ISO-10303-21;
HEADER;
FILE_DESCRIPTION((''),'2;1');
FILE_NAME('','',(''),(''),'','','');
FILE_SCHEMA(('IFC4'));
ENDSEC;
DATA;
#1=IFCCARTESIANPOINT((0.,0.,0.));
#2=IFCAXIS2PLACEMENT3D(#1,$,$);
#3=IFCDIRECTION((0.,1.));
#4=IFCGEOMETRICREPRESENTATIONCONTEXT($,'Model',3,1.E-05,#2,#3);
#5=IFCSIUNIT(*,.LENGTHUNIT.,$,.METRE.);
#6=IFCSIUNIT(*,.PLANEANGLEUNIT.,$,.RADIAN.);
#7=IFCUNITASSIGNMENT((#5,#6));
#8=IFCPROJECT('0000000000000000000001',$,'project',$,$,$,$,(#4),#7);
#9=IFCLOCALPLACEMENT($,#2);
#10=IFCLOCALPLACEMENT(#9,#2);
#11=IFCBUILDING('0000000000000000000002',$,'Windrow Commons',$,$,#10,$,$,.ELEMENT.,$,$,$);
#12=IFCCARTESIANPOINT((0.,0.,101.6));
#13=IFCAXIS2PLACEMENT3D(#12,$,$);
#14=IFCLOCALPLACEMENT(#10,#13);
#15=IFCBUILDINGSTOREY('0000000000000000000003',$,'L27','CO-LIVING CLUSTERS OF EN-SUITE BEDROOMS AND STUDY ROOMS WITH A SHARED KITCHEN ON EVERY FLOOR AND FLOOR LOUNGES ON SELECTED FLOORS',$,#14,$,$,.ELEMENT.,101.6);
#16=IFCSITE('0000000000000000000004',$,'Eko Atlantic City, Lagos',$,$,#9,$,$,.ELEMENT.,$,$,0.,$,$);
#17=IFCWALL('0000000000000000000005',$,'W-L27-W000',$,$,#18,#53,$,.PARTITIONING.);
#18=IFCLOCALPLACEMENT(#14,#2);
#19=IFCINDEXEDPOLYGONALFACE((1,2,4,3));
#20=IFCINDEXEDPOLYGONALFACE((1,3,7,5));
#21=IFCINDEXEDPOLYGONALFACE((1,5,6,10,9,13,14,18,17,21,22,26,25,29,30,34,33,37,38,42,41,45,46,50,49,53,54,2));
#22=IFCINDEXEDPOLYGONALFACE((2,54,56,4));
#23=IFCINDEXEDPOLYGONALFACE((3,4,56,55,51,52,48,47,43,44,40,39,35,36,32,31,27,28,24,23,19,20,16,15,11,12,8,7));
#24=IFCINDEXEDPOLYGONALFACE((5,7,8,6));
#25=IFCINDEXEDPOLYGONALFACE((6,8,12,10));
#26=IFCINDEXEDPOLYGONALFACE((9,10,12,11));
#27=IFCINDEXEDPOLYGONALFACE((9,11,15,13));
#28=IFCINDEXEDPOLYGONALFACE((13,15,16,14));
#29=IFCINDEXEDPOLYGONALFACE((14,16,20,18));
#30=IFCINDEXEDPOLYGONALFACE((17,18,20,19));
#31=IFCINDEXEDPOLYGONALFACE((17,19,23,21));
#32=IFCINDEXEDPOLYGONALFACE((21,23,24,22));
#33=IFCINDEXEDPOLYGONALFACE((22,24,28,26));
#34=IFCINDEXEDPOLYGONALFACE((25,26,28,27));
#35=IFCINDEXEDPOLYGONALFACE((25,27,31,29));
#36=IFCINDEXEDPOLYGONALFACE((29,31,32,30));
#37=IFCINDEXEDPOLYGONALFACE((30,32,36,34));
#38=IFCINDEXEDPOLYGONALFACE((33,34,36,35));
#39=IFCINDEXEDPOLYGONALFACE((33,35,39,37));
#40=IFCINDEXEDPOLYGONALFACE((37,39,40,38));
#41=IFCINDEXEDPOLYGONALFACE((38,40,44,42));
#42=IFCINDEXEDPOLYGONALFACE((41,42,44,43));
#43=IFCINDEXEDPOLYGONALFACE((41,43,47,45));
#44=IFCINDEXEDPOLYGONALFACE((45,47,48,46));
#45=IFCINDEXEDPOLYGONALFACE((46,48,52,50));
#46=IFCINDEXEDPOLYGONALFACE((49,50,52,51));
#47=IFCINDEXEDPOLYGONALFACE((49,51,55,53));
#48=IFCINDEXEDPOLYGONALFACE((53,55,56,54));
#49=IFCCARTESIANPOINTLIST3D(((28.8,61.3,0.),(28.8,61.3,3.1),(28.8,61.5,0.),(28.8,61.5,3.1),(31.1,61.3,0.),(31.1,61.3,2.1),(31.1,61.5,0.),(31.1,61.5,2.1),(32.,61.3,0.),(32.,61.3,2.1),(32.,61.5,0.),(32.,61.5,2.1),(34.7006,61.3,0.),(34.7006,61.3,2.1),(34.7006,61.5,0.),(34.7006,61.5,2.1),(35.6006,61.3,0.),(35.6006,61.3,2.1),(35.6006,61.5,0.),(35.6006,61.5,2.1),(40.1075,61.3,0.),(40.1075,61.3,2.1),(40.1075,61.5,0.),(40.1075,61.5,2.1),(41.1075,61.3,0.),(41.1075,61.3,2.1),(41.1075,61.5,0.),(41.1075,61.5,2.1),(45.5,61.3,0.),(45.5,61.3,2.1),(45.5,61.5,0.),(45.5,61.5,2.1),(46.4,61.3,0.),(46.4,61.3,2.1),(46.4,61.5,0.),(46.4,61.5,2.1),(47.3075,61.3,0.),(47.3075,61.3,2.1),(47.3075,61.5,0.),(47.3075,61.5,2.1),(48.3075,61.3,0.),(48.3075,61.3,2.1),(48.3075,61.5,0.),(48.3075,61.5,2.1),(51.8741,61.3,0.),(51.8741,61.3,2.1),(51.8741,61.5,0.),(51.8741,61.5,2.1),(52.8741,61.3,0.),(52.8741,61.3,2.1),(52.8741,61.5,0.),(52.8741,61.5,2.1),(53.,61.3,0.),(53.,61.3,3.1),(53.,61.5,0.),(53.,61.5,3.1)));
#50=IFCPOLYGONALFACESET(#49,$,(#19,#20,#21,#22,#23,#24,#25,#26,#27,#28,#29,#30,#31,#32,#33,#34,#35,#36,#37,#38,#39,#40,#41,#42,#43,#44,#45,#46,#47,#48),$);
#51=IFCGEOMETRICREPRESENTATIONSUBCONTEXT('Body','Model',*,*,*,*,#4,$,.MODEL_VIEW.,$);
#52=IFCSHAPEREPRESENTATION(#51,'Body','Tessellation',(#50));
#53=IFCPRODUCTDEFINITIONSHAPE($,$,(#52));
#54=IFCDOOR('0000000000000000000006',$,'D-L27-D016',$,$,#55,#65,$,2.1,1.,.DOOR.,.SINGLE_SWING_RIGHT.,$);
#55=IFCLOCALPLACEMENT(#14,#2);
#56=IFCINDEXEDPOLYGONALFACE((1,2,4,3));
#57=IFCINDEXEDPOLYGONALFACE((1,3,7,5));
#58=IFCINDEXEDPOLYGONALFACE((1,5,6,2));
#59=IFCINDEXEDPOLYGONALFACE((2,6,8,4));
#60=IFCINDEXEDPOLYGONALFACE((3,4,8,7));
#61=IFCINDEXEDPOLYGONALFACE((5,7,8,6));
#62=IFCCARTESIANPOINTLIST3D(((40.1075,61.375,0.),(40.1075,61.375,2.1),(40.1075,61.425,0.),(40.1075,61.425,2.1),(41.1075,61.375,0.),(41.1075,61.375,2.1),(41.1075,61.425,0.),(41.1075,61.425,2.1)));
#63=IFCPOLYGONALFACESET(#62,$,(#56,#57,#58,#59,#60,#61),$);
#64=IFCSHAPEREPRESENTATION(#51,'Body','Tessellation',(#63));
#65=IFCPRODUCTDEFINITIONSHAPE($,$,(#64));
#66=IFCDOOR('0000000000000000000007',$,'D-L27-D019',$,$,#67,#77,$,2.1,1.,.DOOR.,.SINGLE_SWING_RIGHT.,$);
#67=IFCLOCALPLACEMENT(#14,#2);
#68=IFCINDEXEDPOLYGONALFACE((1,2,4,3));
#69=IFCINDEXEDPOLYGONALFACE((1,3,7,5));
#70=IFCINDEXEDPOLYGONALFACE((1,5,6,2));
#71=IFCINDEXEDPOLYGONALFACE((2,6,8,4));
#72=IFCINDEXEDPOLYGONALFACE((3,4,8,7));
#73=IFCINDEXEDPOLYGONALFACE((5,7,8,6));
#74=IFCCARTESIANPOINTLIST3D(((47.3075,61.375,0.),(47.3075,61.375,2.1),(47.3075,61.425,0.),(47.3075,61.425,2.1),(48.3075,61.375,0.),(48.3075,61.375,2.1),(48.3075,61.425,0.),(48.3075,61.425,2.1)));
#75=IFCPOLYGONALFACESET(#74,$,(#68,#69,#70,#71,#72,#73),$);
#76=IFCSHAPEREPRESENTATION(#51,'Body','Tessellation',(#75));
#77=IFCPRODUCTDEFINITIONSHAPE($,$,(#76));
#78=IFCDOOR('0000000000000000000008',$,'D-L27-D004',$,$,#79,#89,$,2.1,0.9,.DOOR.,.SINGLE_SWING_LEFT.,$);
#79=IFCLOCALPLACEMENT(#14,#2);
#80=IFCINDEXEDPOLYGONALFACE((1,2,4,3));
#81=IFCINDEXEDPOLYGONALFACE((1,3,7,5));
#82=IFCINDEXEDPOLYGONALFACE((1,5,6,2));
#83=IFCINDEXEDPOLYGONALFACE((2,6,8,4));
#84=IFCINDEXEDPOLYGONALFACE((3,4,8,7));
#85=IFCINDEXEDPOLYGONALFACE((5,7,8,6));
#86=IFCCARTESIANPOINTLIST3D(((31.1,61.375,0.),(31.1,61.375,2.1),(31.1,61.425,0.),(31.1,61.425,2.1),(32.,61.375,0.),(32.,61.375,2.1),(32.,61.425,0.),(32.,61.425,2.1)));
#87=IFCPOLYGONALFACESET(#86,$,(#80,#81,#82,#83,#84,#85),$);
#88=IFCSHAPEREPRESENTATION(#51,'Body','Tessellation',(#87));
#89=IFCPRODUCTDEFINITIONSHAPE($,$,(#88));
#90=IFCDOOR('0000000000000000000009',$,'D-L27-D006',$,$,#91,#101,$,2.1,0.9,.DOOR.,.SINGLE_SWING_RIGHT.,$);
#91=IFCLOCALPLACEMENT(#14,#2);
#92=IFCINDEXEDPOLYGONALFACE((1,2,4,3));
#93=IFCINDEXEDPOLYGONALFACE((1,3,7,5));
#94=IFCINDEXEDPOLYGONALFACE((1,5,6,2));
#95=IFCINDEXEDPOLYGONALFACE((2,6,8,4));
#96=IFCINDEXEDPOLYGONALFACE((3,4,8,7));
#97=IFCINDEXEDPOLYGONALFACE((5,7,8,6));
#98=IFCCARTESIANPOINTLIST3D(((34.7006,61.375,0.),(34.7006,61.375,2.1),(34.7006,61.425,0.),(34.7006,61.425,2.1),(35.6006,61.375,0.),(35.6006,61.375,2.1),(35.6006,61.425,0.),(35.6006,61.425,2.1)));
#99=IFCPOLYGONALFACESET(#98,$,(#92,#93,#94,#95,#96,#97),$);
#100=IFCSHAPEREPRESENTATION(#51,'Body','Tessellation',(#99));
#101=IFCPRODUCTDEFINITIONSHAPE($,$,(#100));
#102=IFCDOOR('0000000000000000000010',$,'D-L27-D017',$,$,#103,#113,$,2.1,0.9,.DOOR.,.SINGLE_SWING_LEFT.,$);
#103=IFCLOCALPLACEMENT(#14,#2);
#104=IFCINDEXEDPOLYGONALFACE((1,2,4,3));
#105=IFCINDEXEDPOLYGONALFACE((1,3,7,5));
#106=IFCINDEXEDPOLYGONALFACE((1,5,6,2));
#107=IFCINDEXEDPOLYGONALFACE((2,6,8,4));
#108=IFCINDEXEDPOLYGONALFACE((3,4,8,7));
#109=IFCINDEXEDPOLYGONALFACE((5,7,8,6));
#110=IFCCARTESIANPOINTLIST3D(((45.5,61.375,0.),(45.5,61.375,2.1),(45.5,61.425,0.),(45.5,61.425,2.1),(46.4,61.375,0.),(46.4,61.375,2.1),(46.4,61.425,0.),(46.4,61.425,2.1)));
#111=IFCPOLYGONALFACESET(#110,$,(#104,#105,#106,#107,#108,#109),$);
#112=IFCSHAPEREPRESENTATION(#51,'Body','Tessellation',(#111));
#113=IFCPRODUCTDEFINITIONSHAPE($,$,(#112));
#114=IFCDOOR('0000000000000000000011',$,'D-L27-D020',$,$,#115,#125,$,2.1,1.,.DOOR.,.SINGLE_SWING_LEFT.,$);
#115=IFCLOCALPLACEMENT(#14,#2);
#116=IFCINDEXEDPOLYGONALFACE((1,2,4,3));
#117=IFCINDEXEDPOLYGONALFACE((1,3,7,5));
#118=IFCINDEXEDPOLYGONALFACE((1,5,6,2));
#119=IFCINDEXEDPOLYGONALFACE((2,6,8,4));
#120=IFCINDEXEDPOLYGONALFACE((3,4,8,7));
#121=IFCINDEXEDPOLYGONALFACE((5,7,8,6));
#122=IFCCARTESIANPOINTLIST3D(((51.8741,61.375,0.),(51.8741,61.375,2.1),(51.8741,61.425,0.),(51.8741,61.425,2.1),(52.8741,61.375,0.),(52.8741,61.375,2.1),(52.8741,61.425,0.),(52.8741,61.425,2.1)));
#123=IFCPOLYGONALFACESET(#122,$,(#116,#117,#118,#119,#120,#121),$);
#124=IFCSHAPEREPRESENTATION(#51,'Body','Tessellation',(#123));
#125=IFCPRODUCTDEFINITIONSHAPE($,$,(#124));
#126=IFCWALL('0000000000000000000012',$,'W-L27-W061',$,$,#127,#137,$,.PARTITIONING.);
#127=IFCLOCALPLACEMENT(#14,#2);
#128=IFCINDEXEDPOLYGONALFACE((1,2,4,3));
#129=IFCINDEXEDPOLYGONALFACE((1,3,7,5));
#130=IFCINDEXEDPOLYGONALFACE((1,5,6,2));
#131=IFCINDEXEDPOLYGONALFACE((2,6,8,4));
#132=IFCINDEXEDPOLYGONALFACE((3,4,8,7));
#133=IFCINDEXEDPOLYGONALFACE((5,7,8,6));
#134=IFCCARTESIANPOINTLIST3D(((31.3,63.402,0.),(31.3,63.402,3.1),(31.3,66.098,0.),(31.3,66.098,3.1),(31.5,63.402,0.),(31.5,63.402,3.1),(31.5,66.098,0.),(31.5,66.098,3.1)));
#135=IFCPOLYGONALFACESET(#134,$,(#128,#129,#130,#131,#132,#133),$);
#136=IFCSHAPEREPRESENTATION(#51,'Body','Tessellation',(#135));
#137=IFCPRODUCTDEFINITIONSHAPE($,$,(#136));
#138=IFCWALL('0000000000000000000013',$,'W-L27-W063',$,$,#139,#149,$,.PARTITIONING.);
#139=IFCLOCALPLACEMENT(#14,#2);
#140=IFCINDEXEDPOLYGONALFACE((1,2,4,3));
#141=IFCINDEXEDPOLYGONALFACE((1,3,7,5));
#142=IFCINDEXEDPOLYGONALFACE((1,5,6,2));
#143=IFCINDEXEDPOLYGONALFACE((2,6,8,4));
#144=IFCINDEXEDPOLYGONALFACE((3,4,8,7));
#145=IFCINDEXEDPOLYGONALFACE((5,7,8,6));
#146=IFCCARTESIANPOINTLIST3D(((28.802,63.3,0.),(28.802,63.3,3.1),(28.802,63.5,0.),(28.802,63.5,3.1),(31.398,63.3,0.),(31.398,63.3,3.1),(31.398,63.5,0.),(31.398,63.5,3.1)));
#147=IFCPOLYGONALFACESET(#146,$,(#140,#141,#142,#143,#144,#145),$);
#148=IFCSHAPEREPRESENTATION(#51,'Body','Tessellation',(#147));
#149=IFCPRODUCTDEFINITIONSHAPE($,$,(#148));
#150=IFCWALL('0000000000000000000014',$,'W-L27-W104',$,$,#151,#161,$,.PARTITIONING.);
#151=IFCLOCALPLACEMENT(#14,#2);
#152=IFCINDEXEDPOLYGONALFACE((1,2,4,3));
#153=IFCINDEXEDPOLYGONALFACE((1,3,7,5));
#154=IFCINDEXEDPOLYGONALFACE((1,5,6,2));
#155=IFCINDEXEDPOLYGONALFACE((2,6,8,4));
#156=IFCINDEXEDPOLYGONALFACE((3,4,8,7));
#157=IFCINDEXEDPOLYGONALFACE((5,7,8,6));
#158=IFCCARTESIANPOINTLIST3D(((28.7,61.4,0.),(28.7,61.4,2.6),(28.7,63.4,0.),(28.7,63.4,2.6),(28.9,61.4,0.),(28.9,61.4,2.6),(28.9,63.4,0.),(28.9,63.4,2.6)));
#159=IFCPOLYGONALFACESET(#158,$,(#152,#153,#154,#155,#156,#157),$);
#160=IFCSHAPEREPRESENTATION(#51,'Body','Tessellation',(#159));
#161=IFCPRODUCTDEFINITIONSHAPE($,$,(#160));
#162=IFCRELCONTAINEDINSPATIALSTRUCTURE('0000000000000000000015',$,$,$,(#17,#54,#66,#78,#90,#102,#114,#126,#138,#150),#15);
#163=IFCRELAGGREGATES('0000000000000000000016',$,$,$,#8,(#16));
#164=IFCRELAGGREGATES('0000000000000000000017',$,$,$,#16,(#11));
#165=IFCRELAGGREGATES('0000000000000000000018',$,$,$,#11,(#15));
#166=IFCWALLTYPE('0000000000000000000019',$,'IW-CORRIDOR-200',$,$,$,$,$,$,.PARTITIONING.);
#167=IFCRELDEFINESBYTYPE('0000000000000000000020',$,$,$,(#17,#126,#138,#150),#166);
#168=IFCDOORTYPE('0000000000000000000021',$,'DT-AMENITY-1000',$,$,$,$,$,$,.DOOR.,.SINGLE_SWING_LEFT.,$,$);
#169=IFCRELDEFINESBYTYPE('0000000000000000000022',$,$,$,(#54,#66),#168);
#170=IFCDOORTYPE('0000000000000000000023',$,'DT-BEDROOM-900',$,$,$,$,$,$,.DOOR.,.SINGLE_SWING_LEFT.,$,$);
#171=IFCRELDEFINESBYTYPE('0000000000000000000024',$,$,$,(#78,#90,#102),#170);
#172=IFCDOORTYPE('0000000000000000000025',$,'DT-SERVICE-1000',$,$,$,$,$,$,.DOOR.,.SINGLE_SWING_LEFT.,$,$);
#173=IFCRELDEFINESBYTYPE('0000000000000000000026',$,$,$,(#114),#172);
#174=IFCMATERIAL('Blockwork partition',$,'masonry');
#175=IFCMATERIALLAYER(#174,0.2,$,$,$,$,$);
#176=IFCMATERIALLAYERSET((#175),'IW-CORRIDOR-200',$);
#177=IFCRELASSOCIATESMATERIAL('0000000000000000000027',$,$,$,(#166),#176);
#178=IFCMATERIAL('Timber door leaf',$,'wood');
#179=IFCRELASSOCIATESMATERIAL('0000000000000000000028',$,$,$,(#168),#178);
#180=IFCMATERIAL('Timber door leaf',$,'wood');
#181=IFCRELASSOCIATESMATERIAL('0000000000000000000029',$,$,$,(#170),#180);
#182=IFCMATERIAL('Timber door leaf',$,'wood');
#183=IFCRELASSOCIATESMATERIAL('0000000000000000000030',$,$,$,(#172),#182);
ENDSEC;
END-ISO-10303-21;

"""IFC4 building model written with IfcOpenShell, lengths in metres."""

from ifc_helpers import new_model, si_unit, direction, frame, frame_2d, origin, place, context, subcontext, project, spatial, rectangle, extrude, material, layer, layer_set, type_object, element, fill, save


model = new_model("IFC4")

# Units and contexts
model_context = context("Model", 3, precision=1e-05, world=origin(), true_north=direction((0.0, 1.0)))
body_context = subcontext(model_context, "Body", "Model", "MODEL_VIEW")
ifc_project = project(units=[si_unit("LENGTHUNIT", "METRE"), si_unit("PLANEANGLEUNIT", "RADIAN")], contexts=[model_context])

# Site, building, storey
site_placement = place(None, origin())
site = spatial("IfcSite", under=ifc_project, at=site_placement, Name="Eko Atlantic City, Lagos", CompositionType="ELEMENT", RefElevation=0.0)
building_placement = place(site_placement, origin())
building = spatial("IfcBuilding", under=site, at=building_placement, Name="Windrow Commons", CompositionType="ELEMENT")
storey_placement = place(building_placement, frame((0.0, 0.0, 101.6)))
storey = spatial("IfcBuildingStorey", under=building, at=storey_placement, Name="L27", Description="CO-LIVING CLUSTERS OF EN-SUITE BEDROOMS AND STUDY ROOMS WITH A SHARED KITCHEN ON EVERY FLOOR AND FLOOR LOUNGES ON SELECTED FLOORS", CompositionType="ELEMENT", Elevation=101.6)

# Wall, openings, doors
ifc_material_1 = material(Name="Blockwork partition", Category="masonry")
ifc_layer_1 = layer(ifc_material_1, 0.2)
ifc_layer_set_1 = layer_set([ifc_layer_1], Name="IW-CORRIDOR-200")
wall_type_1 = type_object("IfcWallType", Name="IW-CORRIDOR-200", PredefinedType="PARTITIONING", material=ifc_layer_set_1)
wall_1_placement = place(storey_placement, frame((28.8, 61.4, 0.0), z_axis=(0.0, 0.0, 1.0), x_axis=(1.0, 0.0, 0.0)))
wall_1 = element("IfcWall", 1, at=wall_1_placement, inside=storey, type_object=wall_type_1, Name="W-L27-W000", PredefinedType="PARTITIONING", context=body_context, shape_type="SweptSolid", body=[
    extrude(rectangle(XDim=24.2, YDim=0.2, at=frame_2d((12.1, 0.0))), origin(), (0.0, 0.0, 1.0), 3.1),
])
opening_1_placement = place(wall_1_placement, frame((2.3, 0.0, 0.0)))
opening_1 = element("IfcOpeningElement", 2, at=opening_1_placement, cuts=wall_1, PredefinedType="OPENING", context=body_context, shape_type="SweptSolid", body=[
    extrude(rectangle(XDim=0.9, YDim=2.1, at=frame_2d((0.45, 1.05))), frame((0.0, 0.11, 0.0), z_axis=(0.0, -1.0, 0.0), x_axis=(1.0, 0.0, 0.0)), (0.0, 0.0, 1.0), 0.22),
])
opening_2_placement = place(wall_1_placement, frame((5.9006, 0.0, 0.0)))
opening_2 = element("IfcOpeningElement", 3, at=opening_2_placement, cuts=wall_1, PredefinedType="OPENING", context=body_context, shape_type="SweptSolid", body=[
    extrude(rectangle(XDim=0.9, YDim=2.1, at=frame_2d((0.45, 1.05))), frame((0.0, 0.11, 0.0), z_axis=(0.0, -1.0, 0.0), x_axis=(1.0, 0.0, 0.0)), (0.0, 0.0, 1.0), 0.22),
])
opening_3_placement = place(wall_1_placement, frame((11.3075, 0.0, 0.0)))
opening_3 = element("IfcOpeningElement", 4, at=opening_3_placement, cuts=wall_1, PredefinedType="OPENING", context=body_context, shape_type="SweptSolid", body=[
    extrude(rectangle(XDim=1.0, YDim=2.1, at=frame_2d((0.5, 1.05))), frame((0.0, 0.11, 0.0), z_axis=(0.0, -1.0, 0.0), x_axis=(1.0, 0.0, 0.0)), (0.0, 0.0, 1.0), 0.22),
])
opening_4_placement = place(wall_1_placement, frame((16.7, 0.0, 0.0)))
opening_4 = element("IfcOpeningElement", 5, at=opening_4_placement, cuts=wall_1, PredefinedType="OPENING", context=body_context, shape_type="SweptSolid", body=[
    extrude(rectangle(XDim=0.9, YDim=2.1, at=frame_2d((0.45, 1.05))), frame((0.0, 0.11, 0.0), z_axis=(0.0, -1.0, 0.0), x_axis=(1.0, 0.0, 0.0)), (0.0, 0.0, 1.0), 0.22),
])
opening_5_placement = place(wall_1_placement, frame((18.5075, 0.0, 0.0)))
opening_5 = element("IfcOpeningElement", 6, at=opening_5_placement, cuts=wall_1, PredefinedType="OPENING", context=body_context, shape_type="SweptSolid", body=[
    extrude(rectangle(XDim=1.0, YDim=2.1, at=frame_2d((0.5, 1.05))), frame((0.0, 0.11, 0.0), z_axis=(0.0, -1.0, 0.0), x_axis=(1.0, 0.0, 0.0)), (0.0, 0.0, 1.0), 0.22),
])
opening_6_placement = place(wall_1_placement, frame((23.0741, 0.0, 0.0)))
opening_6 = element("IfcOpeningElement", 7, at=opening_6_placement, cuts=wall_1, PredefinedType="OPENING", context=body_context, shape_type="SweptSolid", body=[
    extrude(rectangle(XDim=1.0, YDim=2.1, at=frame_2d((0.5, 1.05))), frame((0.0, 0.11, 0.0), z_axis=(0.0, -1.0, 0.0), x_axis=(1.0, 0.0, 0.0)), (0.0, 0.0, 1.0), 0.22),
])
ifc_material_2 = material(Name="Timber door leaf", Category="wood")
door_type_1 = type_object("IfcDoorType", Name="DT-AMENITY-1000", OperationType="SINGLE_SWING_LEFT", PredefinedType="DOOR", material=ifc_material_2)
door_1_placement = place(opening_3_placement, origin())
door_1 = element("IfcDoor", 8, at=door_1_placement, inside=storey, type_object=door_type_1, Name="D-L27-D016", OperationType="SINGLE_SWING_RIGHT", OverallHeight=2.1, OverallWidth=1.0, PredefinedType="DOOR", context=body_context, shape_type="SweptSolid", body=[
    extrude(rectangle(XDim=1.0, YDim=2.1, at=frame_2d((0.5, 1.05))), frame((0.0, 0.025, 0.0), z_axis=(0.0, -1.0, 0.0), x_axis=(1.0, 0.0, 0.0)), (0.0, 0.0, 1.0), 0.05),
])
fill(opening_3, door_1)
door_2_placement = place(opening_5_placement, origin())
door_2 = element("IfcDoor", 9, at=door_2_placement, inside=storey, type_object=door_type_1, Name="D-L27-D019", OperationType="SINGLE_SWING_RIGHT", OverallHeight=2.1, OverallWidth=1.0, PredefinedType="DOOR", context=body_context, shape_type="SweptSolid", body=[
    extrude(rectangle(XDim=1.0, YDim=2.1, at=frame_2d((0.5, 1.05))), frame((0.0, 0.025, 0.0), z_axis=(0.0, -1.0, 0.0), x_axis=(1.0, 0.0, 0.0)), (0.0, 0.0, 1.0), 0.05),
])
fill(opening_5, door_2)
ifc_material_3 = material(Name="Timber door leaf", Category="wood")
door_type_2 = type_object("IfcDoorType", Name="DT-BEDROOM-900", OperationType="SINGLE_SWING_LEFT", PredefinedType="DOOR", material=ifc_material_3)
door_3_placement = place(opening_1_placement, origin())
door_3 = element("IfcDoor", 10, at=door_3_placement, inside=storey, type_object=door_type_2, Name="D-L27-D004", OperationType="SINGLE_SWING_LEFT", OverallHeight=2.1, OverallWidth=0.9, PredefinedType="DOOR", context=body_context, shape_type="SweptSolid", body=[
    extrude(rectangle(XDim=0.9, YDim=2.1, at=frame_2d((0.45, 1.05))), frame((0.0, 0.025, 0.0), z_axis=(0.0, -1.0, 0.0), x_axis=(1.0, 0.0, 0.0)), (0.0, 0.0, 1.0), 0.05),
])
fill(opening_1, door_3)
door_4_placement = place(opening_2_placement, origin())
door_4 = element("IfcDoor", 11, at=door_4_placement, inside=storey, type_object=door_type_2, Name="D-L27-D006", OperationType="SINGLE_SWING_RIGHT", OverallHeight=2.1, OverallWidth=0.9, PredefinedType="DOOR", context=body_context, shape_type="SweptSolid", body=[
    extrude(rectangle(XDim=0.9, YDim=2.1, at=frame_2d((0.45, 1.05))), frame((0.0, 0.025, 0.0), z_axis=(0.0, -1.0, 0.0), x_axis=(1.0, 0.0, 0.0)), (0.0, 0.0, 1.0), 0.05),
])
fill(opening_2, door_4)
door_5_placement = place(opening_4_placement, origin())
door_5 = element("IfcDoor", 12, at=door_5_placement, inside=storey, type_object=door_type_2, Name="D-L27-D017", OperationType="SINGLE_SWING_LEFT", OverallHeight=2.1, OverallWidth=0.9, PredefinedType="DOOR", context=body_context, shape_type="SweptSolid", body=[
    extrude(rectangle(XDim=0.9, YDim=2.1, at=frame_2d((0.45, 1.05))), frame((0.0, 0.025, 0.0), z_axis=(0.0, -1.0, 0.0), x_axis=(1.0, 0.0, 0.0)), (0.0, 0.0, 1.0), 0.05),
])
fill(opening_4, door_5)
ifc_material_4 = material(Name="Timber door leaf", Category="wood")
door_type_3 = type_object("IfcDoorType", Name="DT-SERVICE-1000", OperationType="SINGLE_SWING_LEFT", PredefinedType="DOOR", material=ifc_material_4)
door_6_placement = place(opening_6_placement, origin())
door_6 = element("IfcDoor", 13, at=door_6_placement, inside=storey, type_object=door_type_3, Name="D-L27-D020", OperationType="SINGLE_SWING_LEFT", OverallHeight=2.1, OverallWidth=1.0, PredefinedType="DOOR", context=body_context, shape_type="SweptSolid", body=[
    extrude(rectangle(XDim=1.0, YDim=2.1, at=frame_2d((0.5, 1.05))), frame((0.0, 0.025, 0.0), z_axis=(0.0, -1.0, 0.0), x_axis=(1.0, 0.0, 0.0)), (0.0, 0.0, 1.0), 0.05),
])
fill(opening_6, door_6)

# Walls
wall_2_placement = place(storey_placement, frame((31.4, 63.402, 0.0), z_axis=(0.0, 0.0, 1.0), x_axis=(0.0, 1.0, 0.0)))
element("IfcWall", 14, at=wall_2_placement, inside=storey, type_object=wall_type_1, Name="W-L27-W061", PredefinedType="PARTITIONING", context=body_context, shape_type="SweptSolid", body=[
    extrude(rectangle(XDim=2.696, YDim=0.2, at=frame_2d((1.348, 0.0))), origin(), (0.0, 0.0, 1.0), 3.1),
])
wall_3_placement = place(storey_placement, frame((28.802, 63.4, 0.0), z_axis=(0.0, 0.0, 1.0), x_axis=(1.0, 0.0, 0.0)))
element("IfcWall", 15, at=wall_3_placement, inside=storey, type_object=wall_type_1, Name="W-L27-W063", PredefinedType="PARTITIONING", context=body_context, shape_type="SweptSolid", body=[
    extrude(rectangle(XDim=2.596, YDim=0.2, at=frame_2d((1.298, 0.0))), origin(), (0.0, 0.0, 1.0), 3.1),
])
wall_4_placement = place(storey_placement, frame((28.8, 61.4, 0.0), z_axis=(0.0, 0.0, 1.0), x_axis=(0.0, 1.0, 0.0)))
element("IfcWall", 16, at=wall_4_placement, inside=storey, type_object=wall_type_1, Name="W-L27-W104", PredefinedType="PARTITIONING", context=body_context, shape_type="SweptSolid", body=[
    extrude(rectangle(XDim=2.0, YDim=0.2, at=frame_2d((1.0, 0.0))), origin(), (0.0, 0.0, 1.0), 2.6),
])

save(model, "model.ifc")
